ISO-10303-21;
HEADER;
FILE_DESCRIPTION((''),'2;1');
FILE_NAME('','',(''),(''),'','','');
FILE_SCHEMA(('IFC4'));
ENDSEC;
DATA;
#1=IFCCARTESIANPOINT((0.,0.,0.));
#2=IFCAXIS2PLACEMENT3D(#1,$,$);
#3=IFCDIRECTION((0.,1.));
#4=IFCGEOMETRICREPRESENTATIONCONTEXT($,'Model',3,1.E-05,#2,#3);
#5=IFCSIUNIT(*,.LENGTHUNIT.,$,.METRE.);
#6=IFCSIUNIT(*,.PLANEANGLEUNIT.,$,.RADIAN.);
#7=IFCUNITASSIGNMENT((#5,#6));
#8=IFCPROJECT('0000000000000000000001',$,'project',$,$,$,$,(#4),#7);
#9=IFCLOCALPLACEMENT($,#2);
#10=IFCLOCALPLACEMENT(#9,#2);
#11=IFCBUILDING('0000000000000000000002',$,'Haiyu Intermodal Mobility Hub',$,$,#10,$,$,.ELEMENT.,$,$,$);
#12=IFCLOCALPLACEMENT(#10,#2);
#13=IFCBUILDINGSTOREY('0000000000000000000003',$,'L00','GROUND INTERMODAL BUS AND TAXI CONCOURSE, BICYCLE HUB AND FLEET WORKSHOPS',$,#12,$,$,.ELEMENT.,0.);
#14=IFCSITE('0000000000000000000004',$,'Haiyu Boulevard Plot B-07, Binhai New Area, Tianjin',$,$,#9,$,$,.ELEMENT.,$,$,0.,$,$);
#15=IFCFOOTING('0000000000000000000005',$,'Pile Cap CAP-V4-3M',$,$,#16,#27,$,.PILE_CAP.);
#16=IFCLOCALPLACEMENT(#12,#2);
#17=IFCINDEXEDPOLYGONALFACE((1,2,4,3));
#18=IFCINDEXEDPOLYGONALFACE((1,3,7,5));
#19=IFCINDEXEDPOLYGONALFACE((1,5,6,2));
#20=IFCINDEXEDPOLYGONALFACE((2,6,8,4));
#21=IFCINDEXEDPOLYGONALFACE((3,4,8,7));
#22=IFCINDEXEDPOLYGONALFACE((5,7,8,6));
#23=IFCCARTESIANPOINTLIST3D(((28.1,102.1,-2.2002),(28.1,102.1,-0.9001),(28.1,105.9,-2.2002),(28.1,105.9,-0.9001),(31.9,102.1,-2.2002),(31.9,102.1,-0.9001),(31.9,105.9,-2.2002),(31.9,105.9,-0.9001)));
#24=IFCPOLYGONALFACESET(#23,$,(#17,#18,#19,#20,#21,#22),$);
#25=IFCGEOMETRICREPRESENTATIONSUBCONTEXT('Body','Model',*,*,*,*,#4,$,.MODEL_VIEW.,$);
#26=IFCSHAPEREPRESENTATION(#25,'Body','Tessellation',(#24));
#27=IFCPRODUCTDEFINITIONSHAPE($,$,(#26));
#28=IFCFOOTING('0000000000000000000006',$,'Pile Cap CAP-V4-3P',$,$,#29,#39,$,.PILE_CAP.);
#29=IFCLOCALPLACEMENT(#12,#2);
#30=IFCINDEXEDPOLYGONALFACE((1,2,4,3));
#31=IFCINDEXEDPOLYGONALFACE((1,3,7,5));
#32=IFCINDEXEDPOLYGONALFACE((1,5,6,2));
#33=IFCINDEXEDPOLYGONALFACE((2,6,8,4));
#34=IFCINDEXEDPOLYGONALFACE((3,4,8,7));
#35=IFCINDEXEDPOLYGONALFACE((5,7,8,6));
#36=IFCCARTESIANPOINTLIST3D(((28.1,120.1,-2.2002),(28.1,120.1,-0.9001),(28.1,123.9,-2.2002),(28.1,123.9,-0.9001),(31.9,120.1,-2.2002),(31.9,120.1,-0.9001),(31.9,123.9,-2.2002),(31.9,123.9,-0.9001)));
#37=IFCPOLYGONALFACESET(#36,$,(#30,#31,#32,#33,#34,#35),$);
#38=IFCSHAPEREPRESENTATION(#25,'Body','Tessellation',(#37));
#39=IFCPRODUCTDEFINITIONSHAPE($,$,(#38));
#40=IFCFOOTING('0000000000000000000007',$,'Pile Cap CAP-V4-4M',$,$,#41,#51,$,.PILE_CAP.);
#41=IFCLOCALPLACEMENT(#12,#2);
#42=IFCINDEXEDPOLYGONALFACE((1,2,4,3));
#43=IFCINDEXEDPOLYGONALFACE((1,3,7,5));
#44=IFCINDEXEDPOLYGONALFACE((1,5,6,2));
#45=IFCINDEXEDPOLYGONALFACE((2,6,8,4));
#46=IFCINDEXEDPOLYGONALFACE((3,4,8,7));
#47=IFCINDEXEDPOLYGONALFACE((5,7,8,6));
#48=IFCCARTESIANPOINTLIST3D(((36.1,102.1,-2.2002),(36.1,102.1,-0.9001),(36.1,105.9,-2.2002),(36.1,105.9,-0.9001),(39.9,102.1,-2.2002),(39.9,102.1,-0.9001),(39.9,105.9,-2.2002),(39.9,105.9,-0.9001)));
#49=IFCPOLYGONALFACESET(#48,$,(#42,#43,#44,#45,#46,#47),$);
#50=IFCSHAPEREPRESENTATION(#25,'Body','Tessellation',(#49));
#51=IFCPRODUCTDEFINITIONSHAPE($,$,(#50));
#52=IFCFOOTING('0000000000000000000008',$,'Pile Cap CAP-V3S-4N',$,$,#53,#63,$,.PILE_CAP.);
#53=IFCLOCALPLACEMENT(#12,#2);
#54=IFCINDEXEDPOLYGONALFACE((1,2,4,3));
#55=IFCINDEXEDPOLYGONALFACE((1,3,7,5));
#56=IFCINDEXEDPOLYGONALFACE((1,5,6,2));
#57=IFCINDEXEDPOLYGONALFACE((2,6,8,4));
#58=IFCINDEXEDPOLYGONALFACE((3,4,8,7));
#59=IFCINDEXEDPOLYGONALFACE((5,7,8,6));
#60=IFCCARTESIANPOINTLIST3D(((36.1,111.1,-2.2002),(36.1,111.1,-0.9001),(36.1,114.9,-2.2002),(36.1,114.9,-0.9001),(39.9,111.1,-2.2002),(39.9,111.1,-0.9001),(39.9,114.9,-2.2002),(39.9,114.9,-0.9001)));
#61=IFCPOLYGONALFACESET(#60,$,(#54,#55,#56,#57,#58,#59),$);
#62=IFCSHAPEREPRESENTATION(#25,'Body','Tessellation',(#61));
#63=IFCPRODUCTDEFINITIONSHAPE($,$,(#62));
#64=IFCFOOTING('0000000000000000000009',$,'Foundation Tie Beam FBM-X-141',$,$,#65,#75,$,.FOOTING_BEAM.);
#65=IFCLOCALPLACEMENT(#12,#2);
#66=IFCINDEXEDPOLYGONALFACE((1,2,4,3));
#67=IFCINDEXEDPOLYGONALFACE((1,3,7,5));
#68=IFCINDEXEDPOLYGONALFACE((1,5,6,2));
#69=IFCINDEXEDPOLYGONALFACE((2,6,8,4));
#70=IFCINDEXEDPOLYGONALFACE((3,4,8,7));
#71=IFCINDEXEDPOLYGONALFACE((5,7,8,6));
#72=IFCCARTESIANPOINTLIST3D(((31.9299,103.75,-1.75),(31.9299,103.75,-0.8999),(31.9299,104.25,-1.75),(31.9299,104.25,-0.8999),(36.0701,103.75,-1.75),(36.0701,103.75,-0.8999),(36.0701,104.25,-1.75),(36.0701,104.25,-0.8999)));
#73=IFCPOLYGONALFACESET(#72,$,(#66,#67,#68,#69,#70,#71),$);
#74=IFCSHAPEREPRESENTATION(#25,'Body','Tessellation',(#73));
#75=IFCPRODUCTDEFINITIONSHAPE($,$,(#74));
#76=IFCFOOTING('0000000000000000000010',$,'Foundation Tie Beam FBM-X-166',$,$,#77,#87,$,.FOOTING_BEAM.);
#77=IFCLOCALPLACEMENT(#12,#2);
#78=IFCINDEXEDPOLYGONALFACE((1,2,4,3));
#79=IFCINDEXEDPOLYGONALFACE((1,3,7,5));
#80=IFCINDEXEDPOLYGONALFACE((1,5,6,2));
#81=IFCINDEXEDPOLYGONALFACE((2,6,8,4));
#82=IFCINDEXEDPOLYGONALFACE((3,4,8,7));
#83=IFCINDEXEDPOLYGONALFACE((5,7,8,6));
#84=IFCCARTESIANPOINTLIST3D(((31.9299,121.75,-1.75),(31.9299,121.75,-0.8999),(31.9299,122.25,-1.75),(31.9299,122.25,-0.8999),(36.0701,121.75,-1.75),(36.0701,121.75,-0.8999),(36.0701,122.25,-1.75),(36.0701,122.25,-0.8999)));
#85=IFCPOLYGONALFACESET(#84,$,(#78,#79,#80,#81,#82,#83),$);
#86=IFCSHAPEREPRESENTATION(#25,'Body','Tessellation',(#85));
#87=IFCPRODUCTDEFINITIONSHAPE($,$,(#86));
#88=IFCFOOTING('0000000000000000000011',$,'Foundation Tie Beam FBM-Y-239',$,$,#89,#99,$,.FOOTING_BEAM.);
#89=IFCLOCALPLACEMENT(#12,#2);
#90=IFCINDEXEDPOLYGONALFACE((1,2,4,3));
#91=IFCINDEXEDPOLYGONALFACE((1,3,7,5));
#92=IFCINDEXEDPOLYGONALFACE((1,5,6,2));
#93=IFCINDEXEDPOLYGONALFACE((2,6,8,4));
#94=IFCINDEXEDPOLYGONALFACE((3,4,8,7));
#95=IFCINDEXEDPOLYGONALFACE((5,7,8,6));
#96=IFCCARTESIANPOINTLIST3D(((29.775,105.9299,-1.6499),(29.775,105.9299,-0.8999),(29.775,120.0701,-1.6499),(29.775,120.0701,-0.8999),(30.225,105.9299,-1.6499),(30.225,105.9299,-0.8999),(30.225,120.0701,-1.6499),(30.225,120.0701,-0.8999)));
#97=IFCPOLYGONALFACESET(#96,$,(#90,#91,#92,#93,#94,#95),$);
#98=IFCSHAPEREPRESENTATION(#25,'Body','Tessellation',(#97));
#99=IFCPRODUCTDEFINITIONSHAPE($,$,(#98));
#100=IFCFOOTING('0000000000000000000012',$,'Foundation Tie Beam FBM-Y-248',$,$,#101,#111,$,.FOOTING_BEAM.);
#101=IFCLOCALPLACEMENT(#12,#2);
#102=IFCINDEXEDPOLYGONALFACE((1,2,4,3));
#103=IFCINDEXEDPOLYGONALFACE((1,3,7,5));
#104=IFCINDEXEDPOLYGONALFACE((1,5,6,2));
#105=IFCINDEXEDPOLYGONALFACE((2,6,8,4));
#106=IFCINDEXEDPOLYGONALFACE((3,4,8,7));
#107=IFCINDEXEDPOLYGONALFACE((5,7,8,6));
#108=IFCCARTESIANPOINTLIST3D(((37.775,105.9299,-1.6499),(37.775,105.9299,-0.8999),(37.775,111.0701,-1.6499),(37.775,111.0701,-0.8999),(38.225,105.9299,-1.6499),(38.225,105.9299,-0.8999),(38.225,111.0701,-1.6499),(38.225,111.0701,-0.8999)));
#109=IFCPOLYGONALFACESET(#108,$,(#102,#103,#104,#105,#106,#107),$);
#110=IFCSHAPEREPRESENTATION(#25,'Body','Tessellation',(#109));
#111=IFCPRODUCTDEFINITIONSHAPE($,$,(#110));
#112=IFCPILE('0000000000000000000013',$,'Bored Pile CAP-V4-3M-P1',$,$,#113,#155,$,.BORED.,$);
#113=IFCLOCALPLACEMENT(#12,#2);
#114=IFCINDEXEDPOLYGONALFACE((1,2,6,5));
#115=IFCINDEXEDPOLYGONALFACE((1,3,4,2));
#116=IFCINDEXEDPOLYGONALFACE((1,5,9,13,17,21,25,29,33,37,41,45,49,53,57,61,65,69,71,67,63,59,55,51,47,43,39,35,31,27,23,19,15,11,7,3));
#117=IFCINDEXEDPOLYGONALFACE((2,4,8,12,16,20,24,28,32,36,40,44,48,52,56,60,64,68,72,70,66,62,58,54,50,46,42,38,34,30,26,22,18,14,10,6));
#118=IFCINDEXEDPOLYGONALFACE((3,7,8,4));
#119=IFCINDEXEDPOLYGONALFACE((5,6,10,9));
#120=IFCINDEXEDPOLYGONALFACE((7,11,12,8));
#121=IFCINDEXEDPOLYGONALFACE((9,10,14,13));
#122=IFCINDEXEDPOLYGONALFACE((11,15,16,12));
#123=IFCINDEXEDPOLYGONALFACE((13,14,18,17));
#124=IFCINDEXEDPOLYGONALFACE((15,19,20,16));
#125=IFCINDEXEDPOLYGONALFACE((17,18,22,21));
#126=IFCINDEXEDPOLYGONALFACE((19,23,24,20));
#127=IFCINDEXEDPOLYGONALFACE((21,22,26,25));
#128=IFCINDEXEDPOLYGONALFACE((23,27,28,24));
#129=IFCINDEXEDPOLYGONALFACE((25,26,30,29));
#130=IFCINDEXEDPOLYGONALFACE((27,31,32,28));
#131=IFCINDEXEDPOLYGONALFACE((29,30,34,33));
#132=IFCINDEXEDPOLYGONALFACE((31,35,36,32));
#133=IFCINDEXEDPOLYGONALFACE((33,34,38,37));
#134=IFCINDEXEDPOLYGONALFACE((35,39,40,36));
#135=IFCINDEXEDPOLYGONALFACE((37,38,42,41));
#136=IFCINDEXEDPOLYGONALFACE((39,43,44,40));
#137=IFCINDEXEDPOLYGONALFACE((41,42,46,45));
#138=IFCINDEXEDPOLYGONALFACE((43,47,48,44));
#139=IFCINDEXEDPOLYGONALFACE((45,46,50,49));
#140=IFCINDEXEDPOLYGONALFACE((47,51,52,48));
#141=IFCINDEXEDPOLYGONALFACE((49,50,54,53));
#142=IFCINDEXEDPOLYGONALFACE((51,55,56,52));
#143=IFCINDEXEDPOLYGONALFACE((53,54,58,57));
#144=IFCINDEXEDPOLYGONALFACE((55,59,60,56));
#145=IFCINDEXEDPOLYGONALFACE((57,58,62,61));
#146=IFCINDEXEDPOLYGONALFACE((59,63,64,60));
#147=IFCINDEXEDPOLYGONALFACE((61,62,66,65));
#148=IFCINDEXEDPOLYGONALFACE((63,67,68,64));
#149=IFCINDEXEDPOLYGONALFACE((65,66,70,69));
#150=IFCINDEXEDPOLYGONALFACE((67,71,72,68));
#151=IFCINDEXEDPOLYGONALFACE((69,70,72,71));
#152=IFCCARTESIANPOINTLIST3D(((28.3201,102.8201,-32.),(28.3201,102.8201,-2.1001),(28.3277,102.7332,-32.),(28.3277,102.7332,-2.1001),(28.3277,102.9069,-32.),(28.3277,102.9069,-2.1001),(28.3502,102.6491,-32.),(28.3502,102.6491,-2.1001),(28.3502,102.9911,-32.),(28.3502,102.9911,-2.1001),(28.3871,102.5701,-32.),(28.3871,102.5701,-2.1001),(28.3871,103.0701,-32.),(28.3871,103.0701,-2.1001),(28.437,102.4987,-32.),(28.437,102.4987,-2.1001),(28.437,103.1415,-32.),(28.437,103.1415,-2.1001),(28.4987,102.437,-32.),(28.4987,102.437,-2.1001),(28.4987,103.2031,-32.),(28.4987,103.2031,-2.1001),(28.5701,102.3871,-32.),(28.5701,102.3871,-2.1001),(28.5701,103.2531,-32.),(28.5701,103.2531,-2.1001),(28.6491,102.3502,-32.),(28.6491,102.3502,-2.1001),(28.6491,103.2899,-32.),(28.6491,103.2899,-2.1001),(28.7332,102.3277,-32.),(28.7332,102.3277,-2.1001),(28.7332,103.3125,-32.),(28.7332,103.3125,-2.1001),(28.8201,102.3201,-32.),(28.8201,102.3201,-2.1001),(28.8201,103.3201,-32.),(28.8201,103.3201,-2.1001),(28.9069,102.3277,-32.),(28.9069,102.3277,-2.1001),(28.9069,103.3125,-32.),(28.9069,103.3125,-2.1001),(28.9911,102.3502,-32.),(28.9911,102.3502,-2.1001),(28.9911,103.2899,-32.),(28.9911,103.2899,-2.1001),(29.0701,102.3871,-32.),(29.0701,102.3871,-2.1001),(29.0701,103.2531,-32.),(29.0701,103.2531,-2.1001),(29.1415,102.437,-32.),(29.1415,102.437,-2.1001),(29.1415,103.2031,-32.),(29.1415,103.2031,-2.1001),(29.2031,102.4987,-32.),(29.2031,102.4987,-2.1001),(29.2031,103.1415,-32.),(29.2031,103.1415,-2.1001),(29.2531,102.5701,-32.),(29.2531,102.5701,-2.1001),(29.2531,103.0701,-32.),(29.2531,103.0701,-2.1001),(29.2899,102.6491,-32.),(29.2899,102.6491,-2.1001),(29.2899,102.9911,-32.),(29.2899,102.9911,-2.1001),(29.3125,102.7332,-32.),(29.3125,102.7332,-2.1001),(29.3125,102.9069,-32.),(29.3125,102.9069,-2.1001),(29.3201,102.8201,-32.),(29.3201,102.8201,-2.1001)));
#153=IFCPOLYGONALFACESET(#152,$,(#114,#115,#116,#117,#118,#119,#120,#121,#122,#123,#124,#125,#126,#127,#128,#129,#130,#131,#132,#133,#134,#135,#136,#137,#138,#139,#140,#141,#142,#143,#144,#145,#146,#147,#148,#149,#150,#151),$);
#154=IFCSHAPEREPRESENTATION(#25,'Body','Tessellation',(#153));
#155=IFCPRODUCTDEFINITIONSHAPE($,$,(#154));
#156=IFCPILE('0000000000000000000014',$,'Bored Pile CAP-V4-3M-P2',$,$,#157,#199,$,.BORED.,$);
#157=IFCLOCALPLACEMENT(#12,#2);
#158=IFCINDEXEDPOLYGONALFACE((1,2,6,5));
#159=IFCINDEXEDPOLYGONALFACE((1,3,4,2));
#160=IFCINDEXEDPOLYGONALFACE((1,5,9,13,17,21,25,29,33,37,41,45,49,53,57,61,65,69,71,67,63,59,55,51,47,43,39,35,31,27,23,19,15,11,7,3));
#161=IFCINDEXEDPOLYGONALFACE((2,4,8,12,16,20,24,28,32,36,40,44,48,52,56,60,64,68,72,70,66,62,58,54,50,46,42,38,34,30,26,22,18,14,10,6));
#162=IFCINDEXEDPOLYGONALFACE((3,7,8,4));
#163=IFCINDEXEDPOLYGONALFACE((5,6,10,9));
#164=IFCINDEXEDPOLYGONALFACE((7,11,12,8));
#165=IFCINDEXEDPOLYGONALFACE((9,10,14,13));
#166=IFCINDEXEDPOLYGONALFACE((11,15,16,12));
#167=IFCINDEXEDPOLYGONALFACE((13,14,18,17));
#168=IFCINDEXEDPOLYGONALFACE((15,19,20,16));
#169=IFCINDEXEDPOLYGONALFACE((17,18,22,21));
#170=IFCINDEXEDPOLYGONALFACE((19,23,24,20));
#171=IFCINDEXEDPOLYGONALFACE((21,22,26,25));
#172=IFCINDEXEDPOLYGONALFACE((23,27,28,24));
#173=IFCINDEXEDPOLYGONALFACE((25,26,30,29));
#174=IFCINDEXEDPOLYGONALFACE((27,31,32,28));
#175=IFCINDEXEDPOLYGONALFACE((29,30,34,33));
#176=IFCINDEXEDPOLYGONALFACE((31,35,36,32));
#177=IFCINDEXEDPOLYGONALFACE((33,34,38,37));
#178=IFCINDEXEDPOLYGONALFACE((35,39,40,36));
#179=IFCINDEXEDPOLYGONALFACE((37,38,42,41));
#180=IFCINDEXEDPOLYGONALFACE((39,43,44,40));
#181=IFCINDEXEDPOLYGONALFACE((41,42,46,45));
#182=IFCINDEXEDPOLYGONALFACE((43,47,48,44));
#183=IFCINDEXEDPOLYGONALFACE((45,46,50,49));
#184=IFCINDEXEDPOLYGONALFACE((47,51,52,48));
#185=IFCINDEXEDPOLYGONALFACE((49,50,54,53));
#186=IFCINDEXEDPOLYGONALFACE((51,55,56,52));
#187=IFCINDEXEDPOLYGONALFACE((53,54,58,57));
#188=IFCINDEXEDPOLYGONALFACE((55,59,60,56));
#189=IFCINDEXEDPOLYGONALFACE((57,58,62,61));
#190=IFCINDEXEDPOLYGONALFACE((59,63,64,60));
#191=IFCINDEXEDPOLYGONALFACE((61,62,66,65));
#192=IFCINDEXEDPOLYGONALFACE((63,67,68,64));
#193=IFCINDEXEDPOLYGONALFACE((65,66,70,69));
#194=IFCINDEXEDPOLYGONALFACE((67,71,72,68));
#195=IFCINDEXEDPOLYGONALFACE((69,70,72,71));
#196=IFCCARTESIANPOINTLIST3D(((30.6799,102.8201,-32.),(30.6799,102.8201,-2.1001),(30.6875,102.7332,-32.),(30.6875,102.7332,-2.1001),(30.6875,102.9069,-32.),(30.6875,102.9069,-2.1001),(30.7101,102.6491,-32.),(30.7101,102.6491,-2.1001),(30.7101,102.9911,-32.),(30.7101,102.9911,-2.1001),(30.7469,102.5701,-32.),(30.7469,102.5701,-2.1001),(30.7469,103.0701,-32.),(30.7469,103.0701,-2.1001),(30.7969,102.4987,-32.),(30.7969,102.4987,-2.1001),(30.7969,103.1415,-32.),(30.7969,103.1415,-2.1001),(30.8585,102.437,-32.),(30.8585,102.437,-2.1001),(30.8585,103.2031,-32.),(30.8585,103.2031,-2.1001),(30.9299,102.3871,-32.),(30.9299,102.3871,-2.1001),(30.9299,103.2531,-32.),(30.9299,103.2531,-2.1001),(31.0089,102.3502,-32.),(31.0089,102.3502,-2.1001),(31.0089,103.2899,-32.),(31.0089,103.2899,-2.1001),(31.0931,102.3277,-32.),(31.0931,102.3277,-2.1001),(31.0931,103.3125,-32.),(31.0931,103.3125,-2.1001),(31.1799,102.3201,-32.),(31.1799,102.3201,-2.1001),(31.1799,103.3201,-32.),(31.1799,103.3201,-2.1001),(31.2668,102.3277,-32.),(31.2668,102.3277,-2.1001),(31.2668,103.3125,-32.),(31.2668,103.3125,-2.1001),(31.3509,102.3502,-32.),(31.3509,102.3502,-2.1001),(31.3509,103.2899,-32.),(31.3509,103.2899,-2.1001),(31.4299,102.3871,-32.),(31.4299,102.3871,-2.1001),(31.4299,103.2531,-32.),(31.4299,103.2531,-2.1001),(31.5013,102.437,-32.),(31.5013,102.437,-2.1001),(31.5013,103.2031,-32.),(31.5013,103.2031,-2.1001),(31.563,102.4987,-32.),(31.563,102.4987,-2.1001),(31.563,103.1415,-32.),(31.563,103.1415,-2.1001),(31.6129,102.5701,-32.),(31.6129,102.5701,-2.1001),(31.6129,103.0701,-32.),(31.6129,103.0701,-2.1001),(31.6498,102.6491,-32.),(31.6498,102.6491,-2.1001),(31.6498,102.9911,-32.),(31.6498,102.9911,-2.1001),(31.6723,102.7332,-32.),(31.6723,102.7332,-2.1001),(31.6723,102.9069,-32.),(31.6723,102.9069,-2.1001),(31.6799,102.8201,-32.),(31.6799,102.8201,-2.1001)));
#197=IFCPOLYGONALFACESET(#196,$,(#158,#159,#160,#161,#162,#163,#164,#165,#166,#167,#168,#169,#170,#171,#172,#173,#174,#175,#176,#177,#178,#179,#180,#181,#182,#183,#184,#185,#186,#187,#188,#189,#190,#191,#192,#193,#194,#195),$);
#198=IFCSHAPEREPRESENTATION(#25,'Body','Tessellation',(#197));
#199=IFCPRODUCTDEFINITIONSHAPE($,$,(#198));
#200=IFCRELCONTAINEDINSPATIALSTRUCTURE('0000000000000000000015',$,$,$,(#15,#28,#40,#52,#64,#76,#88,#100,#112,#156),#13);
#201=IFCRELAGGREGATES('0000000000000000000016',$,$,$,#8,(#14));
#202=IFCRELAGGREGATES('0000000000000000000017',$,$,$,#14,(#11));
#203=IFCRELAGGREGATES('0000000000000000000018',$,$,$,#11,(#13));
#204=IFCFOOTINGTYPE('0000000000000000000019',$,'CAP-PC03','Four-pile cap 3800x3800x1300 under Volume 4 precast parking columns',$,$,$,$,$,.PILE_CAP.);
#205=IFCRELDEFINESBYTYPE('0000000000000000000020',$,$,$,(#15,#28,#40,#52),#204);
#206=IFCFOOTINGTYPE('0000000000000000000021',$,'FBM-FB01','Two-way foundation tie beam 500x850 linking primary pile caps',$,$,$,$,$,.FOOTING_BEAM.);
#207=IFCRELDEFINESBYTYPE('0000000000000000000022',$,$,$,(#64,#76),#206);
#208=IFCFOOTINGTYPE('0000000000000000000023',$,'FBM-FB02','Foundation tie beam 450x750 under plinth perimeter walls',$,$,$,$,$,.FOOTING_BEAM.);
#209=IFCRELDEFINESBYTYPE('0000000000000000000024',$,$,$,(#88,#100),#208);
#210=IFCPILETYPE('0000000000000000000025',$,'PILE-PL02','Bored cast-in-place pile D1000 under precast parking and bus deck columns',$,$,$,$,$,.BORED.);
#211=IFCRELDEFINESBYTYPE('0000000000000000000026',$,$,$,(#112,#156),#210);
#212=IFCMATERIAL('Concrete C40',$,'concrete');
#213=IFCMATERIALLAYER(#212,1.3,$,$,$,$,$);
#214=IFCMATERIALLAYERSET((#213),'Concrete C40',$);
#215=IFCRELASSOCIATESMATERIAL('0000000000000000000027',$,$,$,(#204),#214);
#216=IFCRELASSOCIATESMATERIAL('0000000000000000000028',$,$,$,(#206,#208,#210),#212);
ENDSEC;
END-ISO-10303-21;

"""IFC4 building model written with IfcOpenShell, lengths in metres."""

from ifc_helpers import new_model, si_unit, direction, frame, origin, origin_2d, place, context, subcontext, project, spatial, rectangle, circle, extrude, material, layer, layer_set, material_profile, profile_set, type_object, element, save


model = new_model("IFC4")

# Units and contexts
model_context = context("Model", 3, precision=1e-05, world=origin(), true_north=direction((0.0, 1.0)))
body_context = subcontext(model_context, "Body", "Model", "MODEL_VIEW")
ifc_project = project(units=[si_unit("LENGTHUNIT", "METRE"), si_unit("PLANEANGLEUNIT", "RADIAN")], contexts=[model_context])

# Site, building, storey
site_placement = place(None, origin())
site = spatial("IfcSite", under=ifc_project, at=site_placement, Name="Haiyu Boulevard Plot B-07, Binhai New Area, Tianjin", CompositionType="ELEMENT", RefElevation=0.0)
building_placement = place(site_placement, origin())
building = spatial("IfcBuilding", under=site, at=building_placement, Name="Haiyu Intermodal Mobility Hub", CompositionType="ELEMENT")
storey_placement = place(building_placement, origin())
storey = spatial("IfcBuildingStorey", under=building, at=storey_placement, Name="L00", Description="GROUND INTERMODAL BUS AND TAXI CONCOURSE, BICYCLE HUB AND FLEET WORKSHOPS", CompositionType="ELEMENT", Elevation=0.0)

# Footings
ifc_material_1 = material(Name="Concrete C40", Category="concrete")
ifc_layer = layer(ifc_material_1, 1.3)
ifc_layer_set = layer_set([ifc_layer], Name="Concrete C40")
footing_type_1 = type_object("IfcFootingType", Name="CAP-PC03", Description="Four-pile cap 3800x3800x1300 under Volume 4 precast parking columns", PredefinedType="PILE_CAP", material=ifc_layer_set)
for number, where, z_axis, x_axis, name in (
    (1, (30.0, 104.0, -2.2002), (0.0, 0.0, 1.0), (1.0, 0.0, 0.0), "Pile Cap CAP-V4-3M"),
    (2, (30.0, 122.0, -2.2002), (0.0, 0.0, 1.0), (1.0, 0.0, 0.0), "Pile Cap CAP-V4-3P"),
    (3, (38.0, 104.0, -2.2002), (0.0, 0.0, 1.0), (1.0, 0.0, 0.0), "Pile Cap CAP-V4-4M"),
    (4, (38.0, 113.0, -2.2002), (0.0, 0.0, 1.0), (1.0, 0.0, 0.0), "Pile Cap CAP-V3S-4N"),
):
    element("IfcFooting", number, at=place(storey_placement, frame(where, z_axis=z_axis, x_axis=x_axis)), inside=storey, type_object=footing_type_1, Name=name, PredefinedType="PILE_CAP", context=body_context, shape_type="SweptSolid", body=[
        extrude(rectangle(XDim=3.8, YDim=3.8, at=origin_2d()), origin(), (0.0, 0.0, 1.0), 1.3),
    ])
ifc_material_profile_1 = material_profile(ifc_material_1, rectangle(XDim=0.5, YDim=0.8501, at=origin_2d()), Name="FB500x850")
ifc_profile_set_1 = profile_set([ifc_material_profile_1], Name="Concrete C40")
footing_type_2 = type_object("IfcFootingType", Name="FBM-FB01", Description="Two-way foundation tie beam 500x850 linking primary pile caps", PredefinedType="FOOTING_BEAM", material=ifc_profile_set_1)
for number, where, z_axis, x_axis, name in (
    (5, (31.9299, 104.0, -1.325), (1.0, 0.0, 0.0), (0.0, 1.0, 0.0), "Foundation Tie Beam FBM-X-141"),
    (6, (31.9299, 122.0, -1.325), (1.0, 0.0, 0.0), (0.0, 1.0, 0.0), "Foundation Tie Beam FBM-X-166"),
):
    element("IfcFooting", number, at=place(storey_placement, frame(where, z_axis=z_axis, x_axis=x_axis)), inside=storey, type_object=footing_type_2, Name=name, PredefinedType="FOOTING_BEAM", context=body_context, shape_type="SweptSolid", body=[
        extrude(rectangle(XDim=0.5, YDim=0.8501, at=origin_2d()), origin(), (0.0, 0.0, 1.0), 4.1401),
    ])
ifc_material_profile_2 = material_profile(ifc_material_1, rectangle(XDim=0.45, YDim=0.75, at=origin_2d()), Name="FB450x750")
ifc_profile_set_2 = profile_set([ifc_material_profile_2], Name="Concrete C40")
footing_type_3 = type_object("IfcFootingType", Name="FBM-FB02", Description="Foundation tie beam 450x750 under plinth perimeter walls", PredefinedType="FOOTING_BEAM", material=ifc_profile_set_2)
footing_1_placement = place(storey_placement, frame((30.0, 105.9299, -1.2749), z_axis=(0.0, 1.0, 0.0), x_axis=(-1.0, 0.0, 0.0)))
element("IfcFooting", 7, at=footing_1_placement, inside=storey, type_object=footing_type_3, Name="Foundation Tie Beam FBM-Y-239", PredefinedType="FOOTING_BEAM", context=body_context, shape_type="SweptSolid", body=[
    extrude(rectangle(XDim=0.45, YDim=0.75, at=origin_2d()), origin(), (0.0, 0.0, 1.0), 14.1401),
])
footing_2_placement = place(storey_placement, frame((38.0, 105.9299, -1.2749), z_axis=(0.0, 1.0, 0.0), x_axis=(-1.0, 0.0, 0.0)))
element("IfcFooting", 8, at=footing_2_placement, inside=storey, type_object=footing_type_3, Name="Foundation Tie Beam FBM-Y-248", PredefinedType="FOOTING_BEAM", context=body_context, shape_type="SweptSolid", body=[
    extrude(rectangle(XDim=0.45, YDim=0.75, at=origin_2d()), origin(), (0.0, 0.0, 1.0), 5.1401),
])

# Piles
ifc_material_profile_3 = material_profile(ifc_material_1, circle(Radius=0.5, at=origin_2d()), Name="PILE-D1000")
ifc_profile_set_3 = profile_set([ifc_material_profile_3], Name="Concrete C40")
pile_type = type_object("IfcPileType", Name="PILE-PL02", Description="Bored cast-in-place pile D1000 under precast parking and bus deck columns", PredefinedType="BORED", material=ifc_profile_set_3)
for number, where, z_axis, x_axis, name in (
    (9, (28.8201, 102.8201, -2.1001), (0.0, 0.0, -1.0), (1.0, 0.0, 0.0), "Bored Pile CAP-V4-3M-P1"),
    (10, (31.1799, 102.8201, -2.1001), (0.0, 0.0, -1.0), (1.0, 0.0, 0.0), "Bored Pile CAP-V4-3M-P2"),
):
    element("IfcPile", number, at=place(storey_placement, frame(where, z_axis=z_axis, x_axis=x_axis)), inside=storey, type_object=pile_type, Name=name, PredefinedType="BORED", context=body_context, shape_type="SweptSolid", body=[
        extrude(circle(Radius=0.5, at=origin_2d()), origin(), (0.0, 0.0, 1.0), 29.8999),
    ])

save(model, "model.ifc")
